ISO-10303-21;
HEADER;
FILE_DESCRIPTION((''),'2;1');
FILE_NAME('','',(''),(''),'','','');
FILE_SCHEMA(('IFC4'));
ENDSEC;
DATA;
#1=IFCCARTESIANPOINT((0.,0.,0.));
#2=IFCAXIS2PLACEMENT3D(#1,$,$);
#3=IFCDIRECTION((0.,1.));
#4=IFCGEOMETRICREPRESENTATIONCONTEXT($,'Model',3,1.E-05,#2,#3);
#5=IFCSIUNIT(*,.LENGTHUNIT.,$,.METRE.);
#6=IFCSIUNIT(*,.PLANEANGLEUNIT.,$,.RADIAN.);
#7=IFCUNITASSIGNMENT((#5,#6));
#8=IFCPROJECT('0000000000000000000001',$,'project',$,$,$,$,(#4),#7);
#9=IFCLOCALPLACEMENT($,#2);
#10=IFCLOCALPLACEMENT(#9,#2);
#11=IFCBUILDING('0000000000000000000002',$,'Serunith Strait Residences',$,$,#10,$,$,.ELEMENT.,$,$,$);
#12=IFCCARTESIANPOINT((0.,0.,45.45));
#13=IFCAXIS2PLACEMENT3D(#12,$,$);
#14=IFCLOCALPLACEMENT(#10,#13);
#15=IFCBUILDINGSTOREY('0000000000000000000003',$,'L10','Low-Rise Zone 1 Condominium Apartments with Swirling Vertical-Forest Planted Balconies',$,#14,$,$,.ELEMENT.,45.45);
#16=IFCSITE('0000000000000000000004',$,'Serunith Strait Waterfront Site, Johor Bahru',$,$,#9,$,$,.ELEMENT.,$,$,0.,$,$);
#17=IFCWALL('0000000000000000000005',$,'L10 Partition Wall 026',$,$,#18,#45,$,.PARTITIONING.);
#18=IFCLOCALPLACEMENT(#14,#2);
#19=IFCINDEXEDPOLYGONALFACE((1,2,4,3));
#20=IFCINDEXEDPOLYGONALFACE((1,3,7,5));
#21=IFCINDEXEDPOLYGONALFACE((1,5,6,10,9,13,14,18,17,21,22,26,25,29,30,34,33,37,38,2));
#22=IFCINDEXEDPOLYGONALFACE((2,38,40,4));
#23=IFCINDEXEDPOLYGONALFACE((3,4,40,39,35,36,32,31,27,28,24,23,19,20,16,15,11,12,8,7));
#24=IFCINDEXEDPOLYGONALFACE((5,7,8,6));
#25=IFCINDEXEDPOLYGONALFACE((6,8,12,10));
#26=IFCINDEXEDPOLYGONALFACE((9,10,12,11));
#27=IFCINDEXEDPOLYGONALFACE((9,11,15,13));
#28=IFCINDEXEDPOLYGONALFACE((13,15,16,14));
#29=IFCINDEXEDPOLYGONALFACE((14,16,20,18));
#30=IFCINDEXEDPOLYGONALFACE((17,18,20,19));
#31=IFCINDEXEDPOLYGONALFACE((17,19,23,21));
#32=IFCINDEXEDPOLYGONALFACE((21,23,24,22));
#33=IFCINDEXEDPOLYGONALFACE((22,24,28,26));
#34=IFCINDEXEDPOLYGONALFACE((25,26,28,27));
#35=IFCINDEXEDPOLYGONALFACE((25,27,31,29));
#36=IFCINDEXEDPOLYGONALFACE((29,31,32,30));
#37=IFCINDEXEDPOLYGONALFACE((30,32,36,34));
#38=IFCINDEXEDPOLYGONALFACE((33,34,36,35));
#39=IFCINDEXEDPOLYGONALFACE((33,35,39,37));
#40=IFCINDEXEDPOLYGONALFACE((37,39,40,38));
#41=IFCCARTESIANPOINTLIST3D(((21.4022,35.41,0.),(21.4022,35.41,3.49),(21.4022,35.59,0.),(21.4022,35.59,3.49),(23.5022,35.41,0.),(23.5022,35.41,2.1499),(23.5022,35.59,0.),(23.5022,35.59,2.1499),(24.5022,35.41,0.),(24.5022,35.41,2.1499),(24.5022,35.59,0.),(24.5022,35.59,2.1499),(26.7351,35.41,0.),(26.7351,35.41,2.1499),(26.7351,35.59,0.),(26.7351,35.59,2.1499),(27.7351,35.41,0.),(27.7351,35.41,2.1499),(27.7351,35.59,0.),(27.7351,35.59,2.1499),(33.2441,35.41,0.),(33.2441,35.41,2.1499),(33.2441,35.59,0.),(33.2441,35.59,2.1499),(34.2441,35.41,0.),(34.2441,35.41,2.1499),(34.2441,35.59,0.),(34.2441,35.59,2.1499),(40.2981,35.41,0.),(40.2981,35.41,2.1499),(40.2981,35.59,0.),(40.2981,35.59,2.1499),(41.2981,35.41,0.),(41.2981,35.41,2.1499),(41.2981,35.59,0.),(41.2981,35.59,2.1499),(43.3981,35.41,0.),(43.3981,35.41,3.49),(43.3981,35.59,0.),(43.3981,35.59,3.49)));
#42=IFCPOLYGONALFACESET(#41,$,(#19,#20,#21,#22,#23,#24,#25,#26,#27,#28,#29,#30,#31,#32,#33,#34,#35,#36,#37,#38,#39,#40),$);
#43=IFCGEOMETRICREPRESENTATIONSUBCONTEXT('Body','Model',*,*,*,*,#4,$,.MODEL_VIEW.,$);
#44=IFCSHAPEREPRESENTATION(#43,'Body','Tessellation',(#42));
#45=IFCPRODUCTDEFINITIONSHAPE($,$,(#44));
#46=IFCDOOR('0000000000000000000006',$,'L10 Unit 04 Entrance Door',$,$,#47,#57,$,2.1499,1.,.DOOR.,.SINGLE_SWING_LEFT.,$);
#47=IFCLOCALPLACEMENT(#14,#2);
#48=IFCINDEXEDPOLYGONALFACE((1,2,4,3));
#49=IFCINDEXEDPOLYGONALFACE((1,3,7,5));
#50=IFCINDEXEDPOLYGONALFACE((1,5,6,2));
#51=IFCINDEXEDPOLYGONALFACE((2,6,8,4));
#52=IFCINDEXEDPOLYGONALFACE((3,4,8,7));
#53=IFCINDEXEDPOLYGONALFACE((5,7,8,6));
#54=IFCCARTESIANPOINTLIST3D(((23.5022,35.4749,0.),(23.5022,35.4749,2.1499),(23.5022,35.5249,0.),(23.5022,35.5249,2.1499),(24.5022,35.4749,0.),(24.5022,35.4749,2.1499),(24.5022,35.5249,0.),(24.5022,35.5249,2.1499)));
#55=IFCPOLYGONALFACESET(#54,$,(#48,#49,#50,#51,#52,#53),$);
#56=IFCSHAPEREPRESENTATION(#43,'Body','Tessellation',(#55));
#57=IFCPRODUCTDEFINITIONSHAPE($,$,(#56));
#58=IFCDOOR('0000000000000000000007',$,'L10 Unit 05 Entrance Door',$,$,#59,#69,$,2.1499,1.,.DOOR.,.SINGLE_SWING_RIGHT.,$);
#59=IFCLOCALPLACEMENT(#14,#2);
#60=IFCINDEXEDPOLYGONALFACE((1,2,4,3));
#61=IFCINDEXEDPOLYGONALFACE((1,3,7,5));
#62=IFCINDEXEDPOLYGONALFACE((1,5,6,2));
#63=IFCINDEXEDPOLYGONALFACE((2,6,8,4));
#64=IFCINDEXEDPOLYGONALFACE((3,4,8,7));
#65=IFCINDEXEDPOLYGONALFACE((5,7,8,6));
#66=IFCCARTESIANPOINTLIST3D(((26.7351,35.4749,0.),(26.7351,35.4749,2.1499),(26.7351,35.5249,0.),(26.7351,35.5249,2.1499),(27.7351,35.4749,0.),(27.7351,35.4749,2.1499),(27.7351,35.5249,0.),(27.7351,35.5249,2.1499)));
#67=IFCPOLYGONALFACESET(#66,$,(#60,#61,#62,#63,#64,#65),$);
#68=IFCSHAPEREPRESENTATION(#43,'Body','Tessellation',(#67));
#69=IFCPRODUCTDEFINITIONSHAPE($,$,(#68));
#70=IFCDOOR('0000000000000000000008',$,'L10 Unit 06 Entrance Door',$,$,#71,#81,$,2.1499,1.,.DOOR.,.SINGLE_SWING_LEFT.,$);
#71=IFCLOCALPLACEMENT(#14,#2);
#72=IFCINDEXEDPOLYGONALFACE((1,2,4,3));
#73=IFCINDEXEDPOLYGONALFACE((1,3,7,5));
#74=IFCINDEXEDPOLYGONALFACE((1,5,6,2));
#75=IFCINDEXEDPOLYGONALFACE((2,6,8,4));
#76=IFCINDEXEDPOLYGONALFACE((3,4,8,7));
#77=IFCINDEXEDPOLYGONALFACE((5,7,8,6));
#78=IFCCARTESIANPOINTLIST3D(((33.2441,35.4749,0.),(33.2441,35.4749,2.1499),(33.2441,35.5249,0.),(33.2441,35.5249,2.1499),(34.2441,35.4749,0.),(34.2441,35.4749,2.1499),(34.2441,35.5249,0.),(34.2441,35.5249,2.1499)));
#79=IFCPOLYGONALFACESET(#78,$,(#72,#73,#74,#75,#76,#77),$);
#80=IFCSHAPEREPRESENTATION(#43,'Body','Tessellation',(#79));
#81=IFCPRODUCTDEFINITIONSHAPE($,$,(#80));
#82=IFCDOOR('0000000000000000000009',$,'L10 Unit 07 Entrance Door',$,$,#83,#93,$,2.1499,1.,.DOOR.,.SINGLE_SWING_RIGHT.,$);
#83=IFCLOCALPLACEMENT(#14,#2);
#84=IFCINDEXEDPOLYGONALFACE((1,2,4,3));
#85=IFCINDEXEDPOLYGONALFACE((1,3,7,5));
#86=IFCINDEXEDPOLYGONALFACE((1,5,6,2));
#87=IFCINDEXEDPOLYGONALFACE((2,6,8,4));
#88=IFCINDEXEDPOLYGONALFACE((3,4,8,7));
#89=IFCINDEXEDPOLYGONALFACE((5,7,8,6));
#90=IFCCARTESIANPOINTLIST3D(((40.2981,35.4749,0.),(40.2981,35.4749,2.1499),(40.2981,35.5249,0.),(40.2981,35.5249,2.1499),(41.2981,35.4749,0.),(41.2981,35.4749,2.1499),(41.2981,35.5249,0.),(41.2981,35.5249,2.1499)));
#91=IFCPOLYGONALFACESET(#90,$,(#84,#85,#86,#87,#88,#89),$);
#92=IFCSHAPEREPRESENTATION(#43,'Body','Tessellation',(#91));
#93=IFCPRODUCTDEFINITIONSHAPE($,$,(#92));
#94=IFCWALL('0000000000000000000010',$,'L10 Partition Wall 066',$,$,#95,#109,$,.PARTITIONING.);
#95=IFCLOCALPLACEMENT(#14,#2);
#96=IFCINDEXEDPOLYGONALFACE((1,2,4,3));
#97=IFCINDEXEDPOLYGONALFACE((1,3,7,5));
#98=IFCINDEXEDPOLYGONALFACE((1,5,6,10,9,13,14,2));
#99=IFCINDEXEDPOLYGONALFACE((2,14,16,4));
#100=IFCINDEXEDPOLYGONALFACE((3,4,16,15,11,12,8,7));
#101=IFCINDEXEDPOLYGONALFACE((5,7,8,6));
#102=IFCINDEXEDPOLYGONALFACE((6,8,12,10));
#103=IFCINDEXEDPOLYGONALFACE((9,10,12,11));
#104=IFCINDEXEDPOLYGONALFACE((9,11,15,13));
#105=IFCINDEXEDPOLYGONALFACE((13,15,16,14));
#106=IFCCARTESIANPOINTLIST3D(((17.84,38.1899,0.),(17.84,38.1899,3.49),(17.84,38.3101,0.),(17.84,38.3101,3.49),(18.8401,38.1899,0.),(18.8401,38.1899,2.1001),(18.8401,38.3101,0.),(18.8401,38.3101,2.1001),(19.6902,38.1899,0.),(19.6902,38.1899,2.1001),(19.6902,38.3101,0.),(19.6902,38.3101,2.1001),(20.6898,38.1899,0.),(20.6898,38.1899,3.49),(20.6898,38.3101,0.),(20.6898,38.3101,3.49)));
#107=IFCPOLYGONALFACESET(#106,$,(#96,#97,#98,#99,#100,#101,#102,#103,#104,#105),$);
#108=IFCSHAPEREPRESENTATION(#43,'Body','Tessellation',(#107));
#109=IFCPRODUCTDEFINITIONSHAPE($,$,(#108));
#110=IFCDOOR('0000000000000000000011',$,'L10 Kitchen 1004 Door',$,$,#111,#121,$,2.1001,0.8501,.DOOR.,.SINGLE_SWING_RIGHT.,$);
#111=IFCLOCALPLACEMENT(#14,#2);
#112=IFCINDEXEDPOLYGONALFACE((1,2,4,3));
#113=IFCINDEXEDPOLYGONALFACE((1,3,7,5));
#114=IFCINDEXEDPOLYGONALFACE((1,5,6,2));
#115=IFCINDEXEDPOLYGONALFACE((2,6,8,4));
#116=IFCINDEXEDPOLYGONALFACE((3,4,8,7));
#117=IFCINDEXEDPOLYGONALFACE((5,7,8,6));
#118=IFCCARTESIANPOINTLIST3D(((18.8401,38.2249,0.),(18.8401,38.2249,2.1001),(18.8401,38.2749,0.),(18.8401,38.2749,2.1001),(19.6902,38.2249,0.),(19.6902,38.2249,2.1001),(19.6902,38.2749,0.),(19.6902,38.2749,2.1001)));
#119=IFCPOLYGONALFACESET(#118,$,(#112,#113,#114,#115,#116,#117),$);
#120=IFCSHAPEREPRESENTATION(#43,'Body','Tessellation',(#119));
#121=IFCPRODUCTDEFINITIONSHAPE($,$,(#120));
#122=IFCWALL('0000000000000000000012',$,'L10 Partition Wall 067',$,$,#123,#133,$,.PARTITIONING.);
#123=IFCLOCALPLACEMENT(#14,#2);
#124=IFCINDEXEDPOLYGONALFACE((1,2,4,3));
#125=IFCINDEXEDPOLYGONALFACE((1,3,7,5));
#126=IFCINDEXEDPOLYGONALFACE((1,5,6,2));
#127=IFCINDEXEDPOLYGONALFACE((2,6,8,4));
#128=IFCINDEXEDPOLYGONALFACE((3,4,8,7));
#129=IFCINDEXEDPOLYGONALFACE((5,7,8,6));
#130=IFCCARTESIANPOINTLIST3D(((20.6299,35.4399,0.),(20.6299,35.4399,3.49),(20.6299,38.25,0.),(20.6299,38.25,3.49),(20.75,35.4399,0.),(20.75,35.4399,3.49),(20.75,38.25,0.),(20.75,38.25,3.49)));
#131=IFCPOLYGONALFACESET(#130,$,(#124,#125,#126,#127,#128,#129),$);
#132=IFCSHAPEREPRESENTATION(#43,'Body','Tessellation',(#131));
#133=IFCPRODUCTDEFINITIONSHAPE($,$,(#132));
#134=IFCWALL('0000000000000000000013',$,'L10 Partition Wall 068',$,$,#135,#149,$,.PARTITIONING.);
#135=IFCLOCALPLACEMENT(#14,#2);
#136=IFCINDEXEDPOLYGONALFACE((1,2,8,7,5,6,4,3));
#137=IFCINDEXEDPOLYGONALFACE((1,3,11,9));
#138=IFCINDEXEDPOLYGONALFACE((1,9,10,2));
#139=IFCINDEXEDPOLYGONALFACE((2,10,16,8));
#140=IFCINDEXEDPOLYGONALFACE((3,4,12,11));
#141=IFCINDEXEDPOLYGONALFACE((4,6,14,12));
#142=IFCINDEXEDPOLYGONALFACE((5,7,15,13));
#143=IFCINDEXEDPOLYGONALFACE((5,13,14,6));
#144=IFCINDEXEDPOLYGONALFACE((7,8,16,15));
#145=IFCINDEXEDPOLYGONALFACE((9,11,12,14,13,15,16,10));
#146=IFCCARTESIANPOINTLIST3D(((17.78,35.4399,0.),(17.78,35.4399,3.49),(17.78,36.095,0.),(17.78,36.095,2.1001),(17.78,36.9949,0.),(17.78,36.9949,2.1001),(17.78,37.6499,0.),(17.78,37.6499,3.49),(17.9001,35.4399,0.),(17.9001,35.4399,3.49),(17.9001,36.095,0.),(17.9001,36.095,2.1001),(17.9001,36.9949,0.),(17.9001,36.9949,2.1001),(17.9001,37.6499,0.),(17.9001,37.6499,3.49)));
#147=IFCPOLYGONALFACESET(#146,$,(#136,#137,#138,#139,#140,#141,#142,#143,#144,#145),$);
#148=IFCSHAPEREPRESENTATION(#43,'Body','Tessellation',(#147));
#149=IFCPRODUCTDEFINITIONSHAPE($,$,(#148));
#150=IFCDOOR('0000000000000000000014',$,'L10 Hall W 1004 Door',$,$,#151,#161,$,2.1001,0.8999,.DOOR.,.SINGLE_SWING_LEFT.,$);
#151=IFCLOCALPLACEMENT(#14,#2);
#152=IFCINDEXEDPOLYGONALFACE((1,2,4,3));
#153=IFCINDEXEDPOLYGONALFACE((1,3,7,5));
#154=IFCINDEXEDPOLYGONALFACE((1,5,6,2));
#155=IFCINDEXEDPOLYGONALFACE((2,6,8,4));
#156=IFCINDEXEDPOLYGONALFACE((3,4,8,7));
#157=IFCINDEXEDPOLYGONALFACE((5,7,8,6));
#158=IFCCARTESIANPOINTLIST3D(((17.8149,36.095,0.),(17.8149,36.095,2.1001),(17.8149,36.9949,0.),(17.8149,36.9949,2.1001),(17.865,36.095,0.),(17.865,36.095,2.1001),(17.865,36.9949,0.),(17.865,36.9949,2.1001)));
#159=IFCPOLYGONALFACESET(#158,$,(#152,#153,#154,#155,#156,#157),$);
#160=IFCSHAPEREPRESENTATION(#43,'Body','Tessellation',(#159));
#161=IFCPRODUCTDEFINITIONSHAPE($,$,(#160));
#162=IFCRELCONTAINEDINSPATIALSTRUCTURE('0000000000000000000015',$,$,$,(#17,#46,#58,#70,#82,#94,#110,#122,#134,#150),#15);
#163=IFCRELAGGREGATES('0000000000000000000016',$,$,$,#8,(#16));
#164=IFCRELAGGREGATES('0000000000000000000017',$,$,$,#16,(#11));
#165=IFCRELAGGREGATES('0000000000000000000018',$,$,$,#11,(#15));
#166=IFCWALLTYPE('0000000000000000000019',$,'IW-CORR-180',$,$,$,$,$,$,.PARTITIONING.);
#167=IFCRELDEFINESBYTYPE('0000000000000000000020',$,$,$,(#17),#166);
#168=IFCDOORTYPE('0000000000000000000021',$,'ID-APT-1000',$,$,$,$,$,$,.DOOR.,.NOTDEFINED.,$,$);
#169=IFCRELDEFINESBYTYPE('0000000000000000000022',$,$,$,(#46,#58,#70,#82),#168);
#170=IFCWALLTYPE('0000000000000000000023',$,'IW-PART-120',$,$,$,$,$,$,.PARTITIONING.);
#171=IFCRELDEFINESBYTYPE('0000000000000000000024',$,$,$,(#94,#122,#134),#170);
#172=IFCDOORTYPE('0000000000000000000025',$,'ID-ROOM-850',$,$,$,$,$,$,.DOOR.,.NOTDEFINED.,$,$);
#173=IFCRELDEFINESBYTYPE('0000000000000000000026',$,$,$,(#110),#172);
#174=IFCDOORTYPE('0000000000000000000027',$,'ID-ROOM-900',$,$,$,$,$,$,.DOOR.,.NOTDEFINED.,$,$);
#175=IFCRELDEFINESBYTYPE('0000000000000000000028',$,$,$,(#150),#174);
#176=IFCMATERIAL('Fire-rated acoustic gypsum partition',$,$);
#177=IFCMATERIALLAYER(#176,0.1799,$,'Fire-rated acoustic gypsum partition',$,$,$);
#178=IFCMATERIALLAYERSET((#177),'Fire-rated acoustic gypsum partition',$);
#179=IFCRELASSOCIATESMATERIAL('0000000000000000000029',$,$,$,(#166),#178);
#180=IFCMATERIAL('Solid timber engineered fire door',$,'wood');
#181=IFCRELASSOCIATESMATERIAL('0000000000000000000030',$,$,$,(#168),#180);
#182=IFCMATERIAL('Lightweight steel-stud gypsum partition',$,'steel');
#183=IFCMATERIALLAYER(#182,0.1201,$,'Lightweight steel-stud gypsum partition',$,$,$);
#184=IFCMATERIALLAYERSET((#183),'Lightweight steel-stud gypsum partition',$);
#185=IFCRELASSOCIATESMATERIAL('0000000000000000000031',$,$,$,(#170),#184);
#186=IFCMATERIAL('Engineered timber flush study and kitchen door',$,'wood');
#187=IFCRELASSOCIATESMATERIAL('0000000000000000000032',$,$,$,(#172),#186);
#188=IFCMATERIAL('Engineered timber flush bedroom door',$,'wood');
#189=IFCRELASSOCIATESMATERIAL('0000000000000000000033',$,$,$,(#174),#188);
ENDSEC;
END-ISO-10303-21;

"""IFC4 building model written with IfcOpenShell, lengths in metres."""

from ifc_helpers import new_model, si_unit, direction, frame, frame_2d, origin, place, context, subcontext, project, spatial, rectangle, extrude, source, transform, mapped, material, layer, layer_set, type_object, element, fill, save


model = new_model("IFC4")

# Units and contexts
model_context = context("Model", 3, precision=1e-05, world=origin(), true_north=direction((0.0, 1.0)))
body_context = subcontext(model_context, "Body", "Model", "MODEL_VIEW")
ifc_project = project(units=[si_unit("LENGTHUNIT", "METRE"), si_unit("PLANEANGLEUNIT", "RADIAN")], contexts=[model_context])

# Site, building, storey
site_placement = place(None, origin())
site = spatial("IfcSite", under=ifc_project, at=site_placement, Name="Serunith Strait Waterfront Site, Johor Bahru", CompositionType="ELEMENT", RefElevation=0.0)
building_placement = place(site_placement, origin())
building = spatial("IfcBuilding", under=site, at=building_placement, Name="Serunith Strait Residences", CompositionType="ELEMENT")
storey_placement = place(building_placement, frame((0.0, 0.0, 45.45)))
storey = spatial("IfcBuildingStorey", under=building, at=storey_placement, Name="L10", Description="Low-Rise Zone 1 Condominium Apartments with Swirling Vertical-Forest Planted Balconies", CompositionType="ELEMENT", Elevation=45.45)

# Wall, openings, doors
ifc_material_1 = material(Name="Fire-rated acoustic gypsum partition")
ifc_layer_1 = layer(ifc_material_1, 0.1799, Name="Fire-rated acoustic gypsum partition")
ifc_layer_set_1 = layer_set([ifc_layer_1], Name="Fire-rated acoustic gypsum partition")
wall_type_1 = type_object("IfcWallType", Name="IW-CORR-180", PredefinedType="PARTITIONING", material=ifc_layer_set_1)
wall_1_placement = place(storey_placement, frame((21.4021, 35.5, 0.0), z_axis=(0.0, 0.0, 1.0), x_axis=(1.0, 0.0, 0.0)))
wall_1 = element("IfcWall", 1, at=wall_1_placement, inside=storey, type_object=wall_type_1, Name="L10 Partition Wall 026", PredefinedType="PARTITIONING", context=body_context, shape_type="SweptSolid", body=[
    extrude(rectangle(XDim=21.9958, YDim=0.1799, at=frame_2d((10.998, 0.0))), origin(), (0.0, 0.0, 1.0), 3.49),
])
opening_1_placement = place(wall_1_placement, frame((2.1001, 0.0, 0.0)))
opening_1 = element("IfcOpeningElement", 2, at=opening_1_placement, cuts=wall_1, PredefinedType="OPENING", context=body_context, shape_type="SweptSolid", body=[
    extrude(rectangle(XDim=1.0, YDim=2.1499, at=frame_2d((0.5, 1.075))), frame((0.0, 0.1001, 0.0), z_axis=(0.0, -1.0, 0.0), x_axis=(1.0, 0.0, 0.0)), (0.0, 0.0, 1.0), 0.2),
])
opening_2_placement = place(wall_1_placement, frame((5.333, 0.0, 0.0)))
opening_2 = element("IfcOpeningElement", 3, at=opening_2_placement, cuts=wall_1, PredefinedType="OPENING", context=body_context, shape_type="SweptSolid", body=[
    extrude(rectangle(XDim=1.0, YDim=2.1499, at=frame_2d((0.5, 1.075))), frame((0.0, 0.1001, 0.0), z_axis=(0.0, -1.0, 0.0), x_axis=(1.0, 0.0, 0.0)), (0.0, 0.0, 1.0), 0.2),
])
opening_3_placement = place(wall_1_placement, frame((11.842, 0.0, 0.0)))
opening_3 = element("IfcOpeningElement", 4, at=opening_3_placement, cuts=wall_1, PredefinedType="OPENING", context=body_context, shape_type="SweptSolid", body=[
    extrude(rectangle(XDim=1.0, YDim=2.1499, at=frame_2d((0.5, 1.075))), frame((0.0, 0.1001, 0.0), z_axis=(0.0, -1.0, 0.0), x_axis=(1.0, 0.0, 0.0)), (0.0, 0.0, 1.0), 0.2),
])
opening_4_placement = place(wall_1_placement, frame((18.896, 0.0, 0.0)))
opening_4 = element("IfcOpeningElement", 5, at=opening_4_placement, cuts=wall_1, PredefinedType="OPENING", context=body_context, shape_type="SweptSolid", body=[
    extrude(rectangle(XDim=1.0, YDim=2.1499, at=frame_2d((0.5, 1.075))), frame((0.0, 0.1001, 0.0), z_axis=(0.0, -1.0, 0.0), x_axis=(1.0, 0.0, 0.0)), (0.0, 0.0, 1.0), 0.2),
])
ifc_material_2 = material(Name="Solid timber engineered fire door", Category="wood")
door_type_1 = type_object("IfcDoorType", Name="ID-APT-1000", OperationType="NOTDEFINED", PredefinedType="DOOR", material=ifc_material_2)
shared_shape_1 = source(origin(), body_context, "Body", "SweptSolid", [
    extrude(rectangle(XDim=1.0, YDim=2.1499, at=frame_2d((0.5, 1.075))), frame((0.0, 0.0249, 0.0), z_axis=(0.0, -1.0, 0.0), x_axis=(1.0, 0.0, 0.0)), (0.0, 0.0, 1.0), 0.05),
])
door_1_placement = place(opening_1_placement, origin())
door_1 = element("IfcDoor", 6, at=door_1_placement, inside=storey, type_object=door_type_1, Name="L10 Unit 04 Entrance Door", OperationType="SINGLE_SWING_LEFT", OverallHeight=2.1499, OverallWidth=1.0, PredefinedType="DOOR", context=body_context, shape_type="MappedRepresentation", body=[
    mapped(shared_shape_1, transform((0.0, 0.0, 0.0), scale=1.0)),
])
fill(opening_1, door_1)
door_2_placement = place(opening_2_placement, origin())
door_2 = element("IfcDoor", 7, at=door_2_placement, inside=storey, type_object=door_type_1, Name="L10 Unit 05 Entrance Door", OperationType="SINGLE_SWING_RIGHT", OverallHeight=2.1499, OverallWidth=1.0, PredefinedType="DOOR", context=body_context, shape_type="MappedRepresentation", body=[
    mapped(shared_shape_1, transform((0.0, 0.0, 0.0), scale=1.0)),
])
fill(opening_2, door_2)
door_3_placement = place(opening_3_placement, origin())
door_3 = element("IfcDoor", 8, at=door_3_placement, inside=storey, type_object=door_type_1, Name="L10 Unit 06 Entrance Door", OperationType="SINGLE_SWING_LEFT", OverallHeight=2.1499, OverallWidth=1.0, PredefinedType="DOOR", context=body_context, shape_type="MappedRepresentation", body=[
    mapped(shared_shape_1, transform((0.0, 0.0, 0.0), scale=1.0)),
])
fill(opening_3, door_3)
door_4_placement = place(opening_4_placement, origin())
door_4 = element("IfcDoor", 9, at=door_4_placement, inside=storey, type_object=door_type_1, Name="L10 Unit 07 Entrance Door", OperationType="SINGLE_SWING_RIGHT", OverallHeight=2.1499, OverallWidth=1.0, PredefinedType="DOOR", context=body_context, shape_type="MappedRepresentation", body=[
    mapped(shared_shape_1, transform((0.0, 0.0, 0.0), scale=1.0)),
])
fill(opening_4, door_4)

# Wall, opening, door
ifc_material_3 = material(Name="Lightweight steel-stud gypsum partition", Category="steel")
ifc_layer_2 = layer(ifc_material_3, 0.1201, Name="Lightweight steel-stud gypsum partition")
ifc_layer_set_2 = layer_set([ifc_layer_2], Name="Lightweight steel-stud gypsum partition")
wall_type_2 = type_object("IfcWallType", Name="IW-PART-120", PredefinedType="PARTITIONING", material=ifc_layer_set_2)
wall_2_placement = place(storey_placement, frame((17.8401, 38.25, 0.0), z_axis=(0.0, 0.0, 1.0), x_axis=(1.0, 0.0, 0.0)))
wall_2 = element("IfcWall", 10, at=wall_2_placement, inside=storey, type_object=wall_type_2, Name="L10 Partition Wall 066", PredefinedType="PARTITIONING", context=body_context, shape_type="SweptSolid", body=[
    extrude(rectangle(XDim=2.8499, YDim=0.1201, at=frame_2d((1.4248, 0.0))), origin(), (0.0, 0.0, 1.0), 3.49),
])
opening_5_placement = place(wall_2_placement, frame((1.0, 0.0, 0.0)))
opening_5 = element("IfcOpeningElement", 11, at=opening_5_placement, cuts=wall_2, PredefinedType="OPENING", context=body_context, shape_type="SweptSolid", body=[
    extrude(rectangle(XDim=0.8501, YDim=2.1001, at=frame_2d((0.425, 1.05))), frame((0.0, 0.0701, 0.0), z_axis=(0.0, -1.0, 0.0), x_axis=(1.0, 0.0, 0.0)), (0.0, 0.0, 1.0), 0.1401),
])
ifc_material_4 = material(Name="Engineered timber flush study and kitchen door", Category="wood")
door_type_2 = type_object("IfcDoorType", Name="ID-ROOM-850", OperationType="NOTDEFINED", PredefinedType="DOOR", material=ifc_material_4)
shared_shape_2 = source(origin(), body_context, "Body", "SweptSolid", [
    extrude(rectangle(XDim=0.8501, YDim=2.1001, at=frame_2d((0.425, 1.05))), frame((0.0, 0.0249, 0.0), z_axis=(0.0, -1.0, 0.0), x_axis=(1.0, 0.0, 0.0)), (0.0, 0.0, 1.0), 0.05),
])
door_5_placement = place(opening_5_placement, origin())
door_5 = element("IfcDoor", 12, at=door_5_placement, inside=storey, type_object=door_type_2, Name="L10 Kitchen 1004 Door", OperationType="SINGLE_SWING_RIGHT", OverallHeight=2.1001, OverallWidth=0.8501, PredefinedType="DOOR", context=body_context, shape_type="MappedRepresentation", body=[
    mapped(shared_shape_2, transform((0.0, 0.0, 0.0), scale=1.0)),
])
fill(opening_5, door_5)

# Wall
wall_3_placement = place(storey_placement, frame((20.6899, 38.25, 0.0), z_axis=(0.0, 0.0, 1.0), x_axis=(0.0, -1.0, 0.0)))
element("IfcWall", 13, at=wall_3_placement, inside=storey, type_object=wall_type_2, Name="L10 Partition Wall 067", PredefinedType="PARTITIONING", context=body_context, shape_type="SweptSolid", body=[
    extrude(rectangle(XDim=2.8101, YDim=0.1201, at=frame_2d((1.405, 0.0))), origin(), (0.0, 0.0, 1.0), 3.49),
])

# Wall, opening, door
wall_4_placement = place(storey_placement, frame((17.8401, 37.6499, 0.0), z_axis=(0.0, 0.0, 1.0), x_axis=(0.0, -1.0, 0.0)))
wall_4 = element("IfcWall", 14, at=wall_4_placement, inside=storey, type_object=wall_type_2, Name="L10 Partition Wall 068", PredefinedType="PARTITIONING", context=body_context, shape_type="SweptSolid", body=[
    extrude(rectangle(XDim=2.21, YDim=0.1201, at=frame_2d((1.105, 0.0))), origin(), (0.0, 0.0, 1.0), 3.49),
])
opening_6_placement = place(wall_4_placement, frame((0.655, 0.0, 0.0)))
opening_6 = element("IfcOpeningElement", 15, at=opening_6_placement, cuts=wall_4, PredefinedType="OPENING", context=body_context, shape_type="SweptSolid", body=[
    extrude(rectangle(XDim=0.8999, YDim=2.1001, at=frame_2d((0.45, 1.05))), frame((0.0, 0.0701, 0.0), z_axis=(0.0, -1.0, 0.0), x_axis=(1.0, 0.0, 0.0)), (0.0, 0.0, 1.0), 0.1401),
])
ifc_material_5 = material(Name="Engineered timber flush bedroom door", Category="wood")
door_type_3 = type_object("IfcDoorType", Name="ID-ROOM-900", OperationType="NOTDEFINED", PredefinedType="DOOR", material=ifc_material_5)
shared_shape_3 = source(origin(), body_context, "Body", "SweptSolid", [
    extrude(rectangle(XDim=0.8999, YDim=2.1001, at=frame_2d((0.45, 1.05))), frame((0.0, 0.0249, 0.0), z_axis=(0.0, -1.0, 0.0), x_axis=(1.0, 0.0, 0.0)), (0.0, 0.0, 1.0), 0.05),
])
door_6_placement = place(opening_6_placement, origin())
door_6 = element("IfcDoor", 16, at=door_6_placement, inside=storey, type_object=door_type_3, Name="L10 Hall W 1004 Door", OperationType="SINGLE_SWING_LEFT", OverallHeight=2.1001, OverallWidth=0.8999, PredefinedType="DOOR", context=body_context, shape_type="MappedRepresentation", body=[
    mapped(shared_shape_3, transform((0.0, 0.0, 0.0), scale=1.0)),
])
fill(opening_6, door_6)

save(model, "model.ifc")
